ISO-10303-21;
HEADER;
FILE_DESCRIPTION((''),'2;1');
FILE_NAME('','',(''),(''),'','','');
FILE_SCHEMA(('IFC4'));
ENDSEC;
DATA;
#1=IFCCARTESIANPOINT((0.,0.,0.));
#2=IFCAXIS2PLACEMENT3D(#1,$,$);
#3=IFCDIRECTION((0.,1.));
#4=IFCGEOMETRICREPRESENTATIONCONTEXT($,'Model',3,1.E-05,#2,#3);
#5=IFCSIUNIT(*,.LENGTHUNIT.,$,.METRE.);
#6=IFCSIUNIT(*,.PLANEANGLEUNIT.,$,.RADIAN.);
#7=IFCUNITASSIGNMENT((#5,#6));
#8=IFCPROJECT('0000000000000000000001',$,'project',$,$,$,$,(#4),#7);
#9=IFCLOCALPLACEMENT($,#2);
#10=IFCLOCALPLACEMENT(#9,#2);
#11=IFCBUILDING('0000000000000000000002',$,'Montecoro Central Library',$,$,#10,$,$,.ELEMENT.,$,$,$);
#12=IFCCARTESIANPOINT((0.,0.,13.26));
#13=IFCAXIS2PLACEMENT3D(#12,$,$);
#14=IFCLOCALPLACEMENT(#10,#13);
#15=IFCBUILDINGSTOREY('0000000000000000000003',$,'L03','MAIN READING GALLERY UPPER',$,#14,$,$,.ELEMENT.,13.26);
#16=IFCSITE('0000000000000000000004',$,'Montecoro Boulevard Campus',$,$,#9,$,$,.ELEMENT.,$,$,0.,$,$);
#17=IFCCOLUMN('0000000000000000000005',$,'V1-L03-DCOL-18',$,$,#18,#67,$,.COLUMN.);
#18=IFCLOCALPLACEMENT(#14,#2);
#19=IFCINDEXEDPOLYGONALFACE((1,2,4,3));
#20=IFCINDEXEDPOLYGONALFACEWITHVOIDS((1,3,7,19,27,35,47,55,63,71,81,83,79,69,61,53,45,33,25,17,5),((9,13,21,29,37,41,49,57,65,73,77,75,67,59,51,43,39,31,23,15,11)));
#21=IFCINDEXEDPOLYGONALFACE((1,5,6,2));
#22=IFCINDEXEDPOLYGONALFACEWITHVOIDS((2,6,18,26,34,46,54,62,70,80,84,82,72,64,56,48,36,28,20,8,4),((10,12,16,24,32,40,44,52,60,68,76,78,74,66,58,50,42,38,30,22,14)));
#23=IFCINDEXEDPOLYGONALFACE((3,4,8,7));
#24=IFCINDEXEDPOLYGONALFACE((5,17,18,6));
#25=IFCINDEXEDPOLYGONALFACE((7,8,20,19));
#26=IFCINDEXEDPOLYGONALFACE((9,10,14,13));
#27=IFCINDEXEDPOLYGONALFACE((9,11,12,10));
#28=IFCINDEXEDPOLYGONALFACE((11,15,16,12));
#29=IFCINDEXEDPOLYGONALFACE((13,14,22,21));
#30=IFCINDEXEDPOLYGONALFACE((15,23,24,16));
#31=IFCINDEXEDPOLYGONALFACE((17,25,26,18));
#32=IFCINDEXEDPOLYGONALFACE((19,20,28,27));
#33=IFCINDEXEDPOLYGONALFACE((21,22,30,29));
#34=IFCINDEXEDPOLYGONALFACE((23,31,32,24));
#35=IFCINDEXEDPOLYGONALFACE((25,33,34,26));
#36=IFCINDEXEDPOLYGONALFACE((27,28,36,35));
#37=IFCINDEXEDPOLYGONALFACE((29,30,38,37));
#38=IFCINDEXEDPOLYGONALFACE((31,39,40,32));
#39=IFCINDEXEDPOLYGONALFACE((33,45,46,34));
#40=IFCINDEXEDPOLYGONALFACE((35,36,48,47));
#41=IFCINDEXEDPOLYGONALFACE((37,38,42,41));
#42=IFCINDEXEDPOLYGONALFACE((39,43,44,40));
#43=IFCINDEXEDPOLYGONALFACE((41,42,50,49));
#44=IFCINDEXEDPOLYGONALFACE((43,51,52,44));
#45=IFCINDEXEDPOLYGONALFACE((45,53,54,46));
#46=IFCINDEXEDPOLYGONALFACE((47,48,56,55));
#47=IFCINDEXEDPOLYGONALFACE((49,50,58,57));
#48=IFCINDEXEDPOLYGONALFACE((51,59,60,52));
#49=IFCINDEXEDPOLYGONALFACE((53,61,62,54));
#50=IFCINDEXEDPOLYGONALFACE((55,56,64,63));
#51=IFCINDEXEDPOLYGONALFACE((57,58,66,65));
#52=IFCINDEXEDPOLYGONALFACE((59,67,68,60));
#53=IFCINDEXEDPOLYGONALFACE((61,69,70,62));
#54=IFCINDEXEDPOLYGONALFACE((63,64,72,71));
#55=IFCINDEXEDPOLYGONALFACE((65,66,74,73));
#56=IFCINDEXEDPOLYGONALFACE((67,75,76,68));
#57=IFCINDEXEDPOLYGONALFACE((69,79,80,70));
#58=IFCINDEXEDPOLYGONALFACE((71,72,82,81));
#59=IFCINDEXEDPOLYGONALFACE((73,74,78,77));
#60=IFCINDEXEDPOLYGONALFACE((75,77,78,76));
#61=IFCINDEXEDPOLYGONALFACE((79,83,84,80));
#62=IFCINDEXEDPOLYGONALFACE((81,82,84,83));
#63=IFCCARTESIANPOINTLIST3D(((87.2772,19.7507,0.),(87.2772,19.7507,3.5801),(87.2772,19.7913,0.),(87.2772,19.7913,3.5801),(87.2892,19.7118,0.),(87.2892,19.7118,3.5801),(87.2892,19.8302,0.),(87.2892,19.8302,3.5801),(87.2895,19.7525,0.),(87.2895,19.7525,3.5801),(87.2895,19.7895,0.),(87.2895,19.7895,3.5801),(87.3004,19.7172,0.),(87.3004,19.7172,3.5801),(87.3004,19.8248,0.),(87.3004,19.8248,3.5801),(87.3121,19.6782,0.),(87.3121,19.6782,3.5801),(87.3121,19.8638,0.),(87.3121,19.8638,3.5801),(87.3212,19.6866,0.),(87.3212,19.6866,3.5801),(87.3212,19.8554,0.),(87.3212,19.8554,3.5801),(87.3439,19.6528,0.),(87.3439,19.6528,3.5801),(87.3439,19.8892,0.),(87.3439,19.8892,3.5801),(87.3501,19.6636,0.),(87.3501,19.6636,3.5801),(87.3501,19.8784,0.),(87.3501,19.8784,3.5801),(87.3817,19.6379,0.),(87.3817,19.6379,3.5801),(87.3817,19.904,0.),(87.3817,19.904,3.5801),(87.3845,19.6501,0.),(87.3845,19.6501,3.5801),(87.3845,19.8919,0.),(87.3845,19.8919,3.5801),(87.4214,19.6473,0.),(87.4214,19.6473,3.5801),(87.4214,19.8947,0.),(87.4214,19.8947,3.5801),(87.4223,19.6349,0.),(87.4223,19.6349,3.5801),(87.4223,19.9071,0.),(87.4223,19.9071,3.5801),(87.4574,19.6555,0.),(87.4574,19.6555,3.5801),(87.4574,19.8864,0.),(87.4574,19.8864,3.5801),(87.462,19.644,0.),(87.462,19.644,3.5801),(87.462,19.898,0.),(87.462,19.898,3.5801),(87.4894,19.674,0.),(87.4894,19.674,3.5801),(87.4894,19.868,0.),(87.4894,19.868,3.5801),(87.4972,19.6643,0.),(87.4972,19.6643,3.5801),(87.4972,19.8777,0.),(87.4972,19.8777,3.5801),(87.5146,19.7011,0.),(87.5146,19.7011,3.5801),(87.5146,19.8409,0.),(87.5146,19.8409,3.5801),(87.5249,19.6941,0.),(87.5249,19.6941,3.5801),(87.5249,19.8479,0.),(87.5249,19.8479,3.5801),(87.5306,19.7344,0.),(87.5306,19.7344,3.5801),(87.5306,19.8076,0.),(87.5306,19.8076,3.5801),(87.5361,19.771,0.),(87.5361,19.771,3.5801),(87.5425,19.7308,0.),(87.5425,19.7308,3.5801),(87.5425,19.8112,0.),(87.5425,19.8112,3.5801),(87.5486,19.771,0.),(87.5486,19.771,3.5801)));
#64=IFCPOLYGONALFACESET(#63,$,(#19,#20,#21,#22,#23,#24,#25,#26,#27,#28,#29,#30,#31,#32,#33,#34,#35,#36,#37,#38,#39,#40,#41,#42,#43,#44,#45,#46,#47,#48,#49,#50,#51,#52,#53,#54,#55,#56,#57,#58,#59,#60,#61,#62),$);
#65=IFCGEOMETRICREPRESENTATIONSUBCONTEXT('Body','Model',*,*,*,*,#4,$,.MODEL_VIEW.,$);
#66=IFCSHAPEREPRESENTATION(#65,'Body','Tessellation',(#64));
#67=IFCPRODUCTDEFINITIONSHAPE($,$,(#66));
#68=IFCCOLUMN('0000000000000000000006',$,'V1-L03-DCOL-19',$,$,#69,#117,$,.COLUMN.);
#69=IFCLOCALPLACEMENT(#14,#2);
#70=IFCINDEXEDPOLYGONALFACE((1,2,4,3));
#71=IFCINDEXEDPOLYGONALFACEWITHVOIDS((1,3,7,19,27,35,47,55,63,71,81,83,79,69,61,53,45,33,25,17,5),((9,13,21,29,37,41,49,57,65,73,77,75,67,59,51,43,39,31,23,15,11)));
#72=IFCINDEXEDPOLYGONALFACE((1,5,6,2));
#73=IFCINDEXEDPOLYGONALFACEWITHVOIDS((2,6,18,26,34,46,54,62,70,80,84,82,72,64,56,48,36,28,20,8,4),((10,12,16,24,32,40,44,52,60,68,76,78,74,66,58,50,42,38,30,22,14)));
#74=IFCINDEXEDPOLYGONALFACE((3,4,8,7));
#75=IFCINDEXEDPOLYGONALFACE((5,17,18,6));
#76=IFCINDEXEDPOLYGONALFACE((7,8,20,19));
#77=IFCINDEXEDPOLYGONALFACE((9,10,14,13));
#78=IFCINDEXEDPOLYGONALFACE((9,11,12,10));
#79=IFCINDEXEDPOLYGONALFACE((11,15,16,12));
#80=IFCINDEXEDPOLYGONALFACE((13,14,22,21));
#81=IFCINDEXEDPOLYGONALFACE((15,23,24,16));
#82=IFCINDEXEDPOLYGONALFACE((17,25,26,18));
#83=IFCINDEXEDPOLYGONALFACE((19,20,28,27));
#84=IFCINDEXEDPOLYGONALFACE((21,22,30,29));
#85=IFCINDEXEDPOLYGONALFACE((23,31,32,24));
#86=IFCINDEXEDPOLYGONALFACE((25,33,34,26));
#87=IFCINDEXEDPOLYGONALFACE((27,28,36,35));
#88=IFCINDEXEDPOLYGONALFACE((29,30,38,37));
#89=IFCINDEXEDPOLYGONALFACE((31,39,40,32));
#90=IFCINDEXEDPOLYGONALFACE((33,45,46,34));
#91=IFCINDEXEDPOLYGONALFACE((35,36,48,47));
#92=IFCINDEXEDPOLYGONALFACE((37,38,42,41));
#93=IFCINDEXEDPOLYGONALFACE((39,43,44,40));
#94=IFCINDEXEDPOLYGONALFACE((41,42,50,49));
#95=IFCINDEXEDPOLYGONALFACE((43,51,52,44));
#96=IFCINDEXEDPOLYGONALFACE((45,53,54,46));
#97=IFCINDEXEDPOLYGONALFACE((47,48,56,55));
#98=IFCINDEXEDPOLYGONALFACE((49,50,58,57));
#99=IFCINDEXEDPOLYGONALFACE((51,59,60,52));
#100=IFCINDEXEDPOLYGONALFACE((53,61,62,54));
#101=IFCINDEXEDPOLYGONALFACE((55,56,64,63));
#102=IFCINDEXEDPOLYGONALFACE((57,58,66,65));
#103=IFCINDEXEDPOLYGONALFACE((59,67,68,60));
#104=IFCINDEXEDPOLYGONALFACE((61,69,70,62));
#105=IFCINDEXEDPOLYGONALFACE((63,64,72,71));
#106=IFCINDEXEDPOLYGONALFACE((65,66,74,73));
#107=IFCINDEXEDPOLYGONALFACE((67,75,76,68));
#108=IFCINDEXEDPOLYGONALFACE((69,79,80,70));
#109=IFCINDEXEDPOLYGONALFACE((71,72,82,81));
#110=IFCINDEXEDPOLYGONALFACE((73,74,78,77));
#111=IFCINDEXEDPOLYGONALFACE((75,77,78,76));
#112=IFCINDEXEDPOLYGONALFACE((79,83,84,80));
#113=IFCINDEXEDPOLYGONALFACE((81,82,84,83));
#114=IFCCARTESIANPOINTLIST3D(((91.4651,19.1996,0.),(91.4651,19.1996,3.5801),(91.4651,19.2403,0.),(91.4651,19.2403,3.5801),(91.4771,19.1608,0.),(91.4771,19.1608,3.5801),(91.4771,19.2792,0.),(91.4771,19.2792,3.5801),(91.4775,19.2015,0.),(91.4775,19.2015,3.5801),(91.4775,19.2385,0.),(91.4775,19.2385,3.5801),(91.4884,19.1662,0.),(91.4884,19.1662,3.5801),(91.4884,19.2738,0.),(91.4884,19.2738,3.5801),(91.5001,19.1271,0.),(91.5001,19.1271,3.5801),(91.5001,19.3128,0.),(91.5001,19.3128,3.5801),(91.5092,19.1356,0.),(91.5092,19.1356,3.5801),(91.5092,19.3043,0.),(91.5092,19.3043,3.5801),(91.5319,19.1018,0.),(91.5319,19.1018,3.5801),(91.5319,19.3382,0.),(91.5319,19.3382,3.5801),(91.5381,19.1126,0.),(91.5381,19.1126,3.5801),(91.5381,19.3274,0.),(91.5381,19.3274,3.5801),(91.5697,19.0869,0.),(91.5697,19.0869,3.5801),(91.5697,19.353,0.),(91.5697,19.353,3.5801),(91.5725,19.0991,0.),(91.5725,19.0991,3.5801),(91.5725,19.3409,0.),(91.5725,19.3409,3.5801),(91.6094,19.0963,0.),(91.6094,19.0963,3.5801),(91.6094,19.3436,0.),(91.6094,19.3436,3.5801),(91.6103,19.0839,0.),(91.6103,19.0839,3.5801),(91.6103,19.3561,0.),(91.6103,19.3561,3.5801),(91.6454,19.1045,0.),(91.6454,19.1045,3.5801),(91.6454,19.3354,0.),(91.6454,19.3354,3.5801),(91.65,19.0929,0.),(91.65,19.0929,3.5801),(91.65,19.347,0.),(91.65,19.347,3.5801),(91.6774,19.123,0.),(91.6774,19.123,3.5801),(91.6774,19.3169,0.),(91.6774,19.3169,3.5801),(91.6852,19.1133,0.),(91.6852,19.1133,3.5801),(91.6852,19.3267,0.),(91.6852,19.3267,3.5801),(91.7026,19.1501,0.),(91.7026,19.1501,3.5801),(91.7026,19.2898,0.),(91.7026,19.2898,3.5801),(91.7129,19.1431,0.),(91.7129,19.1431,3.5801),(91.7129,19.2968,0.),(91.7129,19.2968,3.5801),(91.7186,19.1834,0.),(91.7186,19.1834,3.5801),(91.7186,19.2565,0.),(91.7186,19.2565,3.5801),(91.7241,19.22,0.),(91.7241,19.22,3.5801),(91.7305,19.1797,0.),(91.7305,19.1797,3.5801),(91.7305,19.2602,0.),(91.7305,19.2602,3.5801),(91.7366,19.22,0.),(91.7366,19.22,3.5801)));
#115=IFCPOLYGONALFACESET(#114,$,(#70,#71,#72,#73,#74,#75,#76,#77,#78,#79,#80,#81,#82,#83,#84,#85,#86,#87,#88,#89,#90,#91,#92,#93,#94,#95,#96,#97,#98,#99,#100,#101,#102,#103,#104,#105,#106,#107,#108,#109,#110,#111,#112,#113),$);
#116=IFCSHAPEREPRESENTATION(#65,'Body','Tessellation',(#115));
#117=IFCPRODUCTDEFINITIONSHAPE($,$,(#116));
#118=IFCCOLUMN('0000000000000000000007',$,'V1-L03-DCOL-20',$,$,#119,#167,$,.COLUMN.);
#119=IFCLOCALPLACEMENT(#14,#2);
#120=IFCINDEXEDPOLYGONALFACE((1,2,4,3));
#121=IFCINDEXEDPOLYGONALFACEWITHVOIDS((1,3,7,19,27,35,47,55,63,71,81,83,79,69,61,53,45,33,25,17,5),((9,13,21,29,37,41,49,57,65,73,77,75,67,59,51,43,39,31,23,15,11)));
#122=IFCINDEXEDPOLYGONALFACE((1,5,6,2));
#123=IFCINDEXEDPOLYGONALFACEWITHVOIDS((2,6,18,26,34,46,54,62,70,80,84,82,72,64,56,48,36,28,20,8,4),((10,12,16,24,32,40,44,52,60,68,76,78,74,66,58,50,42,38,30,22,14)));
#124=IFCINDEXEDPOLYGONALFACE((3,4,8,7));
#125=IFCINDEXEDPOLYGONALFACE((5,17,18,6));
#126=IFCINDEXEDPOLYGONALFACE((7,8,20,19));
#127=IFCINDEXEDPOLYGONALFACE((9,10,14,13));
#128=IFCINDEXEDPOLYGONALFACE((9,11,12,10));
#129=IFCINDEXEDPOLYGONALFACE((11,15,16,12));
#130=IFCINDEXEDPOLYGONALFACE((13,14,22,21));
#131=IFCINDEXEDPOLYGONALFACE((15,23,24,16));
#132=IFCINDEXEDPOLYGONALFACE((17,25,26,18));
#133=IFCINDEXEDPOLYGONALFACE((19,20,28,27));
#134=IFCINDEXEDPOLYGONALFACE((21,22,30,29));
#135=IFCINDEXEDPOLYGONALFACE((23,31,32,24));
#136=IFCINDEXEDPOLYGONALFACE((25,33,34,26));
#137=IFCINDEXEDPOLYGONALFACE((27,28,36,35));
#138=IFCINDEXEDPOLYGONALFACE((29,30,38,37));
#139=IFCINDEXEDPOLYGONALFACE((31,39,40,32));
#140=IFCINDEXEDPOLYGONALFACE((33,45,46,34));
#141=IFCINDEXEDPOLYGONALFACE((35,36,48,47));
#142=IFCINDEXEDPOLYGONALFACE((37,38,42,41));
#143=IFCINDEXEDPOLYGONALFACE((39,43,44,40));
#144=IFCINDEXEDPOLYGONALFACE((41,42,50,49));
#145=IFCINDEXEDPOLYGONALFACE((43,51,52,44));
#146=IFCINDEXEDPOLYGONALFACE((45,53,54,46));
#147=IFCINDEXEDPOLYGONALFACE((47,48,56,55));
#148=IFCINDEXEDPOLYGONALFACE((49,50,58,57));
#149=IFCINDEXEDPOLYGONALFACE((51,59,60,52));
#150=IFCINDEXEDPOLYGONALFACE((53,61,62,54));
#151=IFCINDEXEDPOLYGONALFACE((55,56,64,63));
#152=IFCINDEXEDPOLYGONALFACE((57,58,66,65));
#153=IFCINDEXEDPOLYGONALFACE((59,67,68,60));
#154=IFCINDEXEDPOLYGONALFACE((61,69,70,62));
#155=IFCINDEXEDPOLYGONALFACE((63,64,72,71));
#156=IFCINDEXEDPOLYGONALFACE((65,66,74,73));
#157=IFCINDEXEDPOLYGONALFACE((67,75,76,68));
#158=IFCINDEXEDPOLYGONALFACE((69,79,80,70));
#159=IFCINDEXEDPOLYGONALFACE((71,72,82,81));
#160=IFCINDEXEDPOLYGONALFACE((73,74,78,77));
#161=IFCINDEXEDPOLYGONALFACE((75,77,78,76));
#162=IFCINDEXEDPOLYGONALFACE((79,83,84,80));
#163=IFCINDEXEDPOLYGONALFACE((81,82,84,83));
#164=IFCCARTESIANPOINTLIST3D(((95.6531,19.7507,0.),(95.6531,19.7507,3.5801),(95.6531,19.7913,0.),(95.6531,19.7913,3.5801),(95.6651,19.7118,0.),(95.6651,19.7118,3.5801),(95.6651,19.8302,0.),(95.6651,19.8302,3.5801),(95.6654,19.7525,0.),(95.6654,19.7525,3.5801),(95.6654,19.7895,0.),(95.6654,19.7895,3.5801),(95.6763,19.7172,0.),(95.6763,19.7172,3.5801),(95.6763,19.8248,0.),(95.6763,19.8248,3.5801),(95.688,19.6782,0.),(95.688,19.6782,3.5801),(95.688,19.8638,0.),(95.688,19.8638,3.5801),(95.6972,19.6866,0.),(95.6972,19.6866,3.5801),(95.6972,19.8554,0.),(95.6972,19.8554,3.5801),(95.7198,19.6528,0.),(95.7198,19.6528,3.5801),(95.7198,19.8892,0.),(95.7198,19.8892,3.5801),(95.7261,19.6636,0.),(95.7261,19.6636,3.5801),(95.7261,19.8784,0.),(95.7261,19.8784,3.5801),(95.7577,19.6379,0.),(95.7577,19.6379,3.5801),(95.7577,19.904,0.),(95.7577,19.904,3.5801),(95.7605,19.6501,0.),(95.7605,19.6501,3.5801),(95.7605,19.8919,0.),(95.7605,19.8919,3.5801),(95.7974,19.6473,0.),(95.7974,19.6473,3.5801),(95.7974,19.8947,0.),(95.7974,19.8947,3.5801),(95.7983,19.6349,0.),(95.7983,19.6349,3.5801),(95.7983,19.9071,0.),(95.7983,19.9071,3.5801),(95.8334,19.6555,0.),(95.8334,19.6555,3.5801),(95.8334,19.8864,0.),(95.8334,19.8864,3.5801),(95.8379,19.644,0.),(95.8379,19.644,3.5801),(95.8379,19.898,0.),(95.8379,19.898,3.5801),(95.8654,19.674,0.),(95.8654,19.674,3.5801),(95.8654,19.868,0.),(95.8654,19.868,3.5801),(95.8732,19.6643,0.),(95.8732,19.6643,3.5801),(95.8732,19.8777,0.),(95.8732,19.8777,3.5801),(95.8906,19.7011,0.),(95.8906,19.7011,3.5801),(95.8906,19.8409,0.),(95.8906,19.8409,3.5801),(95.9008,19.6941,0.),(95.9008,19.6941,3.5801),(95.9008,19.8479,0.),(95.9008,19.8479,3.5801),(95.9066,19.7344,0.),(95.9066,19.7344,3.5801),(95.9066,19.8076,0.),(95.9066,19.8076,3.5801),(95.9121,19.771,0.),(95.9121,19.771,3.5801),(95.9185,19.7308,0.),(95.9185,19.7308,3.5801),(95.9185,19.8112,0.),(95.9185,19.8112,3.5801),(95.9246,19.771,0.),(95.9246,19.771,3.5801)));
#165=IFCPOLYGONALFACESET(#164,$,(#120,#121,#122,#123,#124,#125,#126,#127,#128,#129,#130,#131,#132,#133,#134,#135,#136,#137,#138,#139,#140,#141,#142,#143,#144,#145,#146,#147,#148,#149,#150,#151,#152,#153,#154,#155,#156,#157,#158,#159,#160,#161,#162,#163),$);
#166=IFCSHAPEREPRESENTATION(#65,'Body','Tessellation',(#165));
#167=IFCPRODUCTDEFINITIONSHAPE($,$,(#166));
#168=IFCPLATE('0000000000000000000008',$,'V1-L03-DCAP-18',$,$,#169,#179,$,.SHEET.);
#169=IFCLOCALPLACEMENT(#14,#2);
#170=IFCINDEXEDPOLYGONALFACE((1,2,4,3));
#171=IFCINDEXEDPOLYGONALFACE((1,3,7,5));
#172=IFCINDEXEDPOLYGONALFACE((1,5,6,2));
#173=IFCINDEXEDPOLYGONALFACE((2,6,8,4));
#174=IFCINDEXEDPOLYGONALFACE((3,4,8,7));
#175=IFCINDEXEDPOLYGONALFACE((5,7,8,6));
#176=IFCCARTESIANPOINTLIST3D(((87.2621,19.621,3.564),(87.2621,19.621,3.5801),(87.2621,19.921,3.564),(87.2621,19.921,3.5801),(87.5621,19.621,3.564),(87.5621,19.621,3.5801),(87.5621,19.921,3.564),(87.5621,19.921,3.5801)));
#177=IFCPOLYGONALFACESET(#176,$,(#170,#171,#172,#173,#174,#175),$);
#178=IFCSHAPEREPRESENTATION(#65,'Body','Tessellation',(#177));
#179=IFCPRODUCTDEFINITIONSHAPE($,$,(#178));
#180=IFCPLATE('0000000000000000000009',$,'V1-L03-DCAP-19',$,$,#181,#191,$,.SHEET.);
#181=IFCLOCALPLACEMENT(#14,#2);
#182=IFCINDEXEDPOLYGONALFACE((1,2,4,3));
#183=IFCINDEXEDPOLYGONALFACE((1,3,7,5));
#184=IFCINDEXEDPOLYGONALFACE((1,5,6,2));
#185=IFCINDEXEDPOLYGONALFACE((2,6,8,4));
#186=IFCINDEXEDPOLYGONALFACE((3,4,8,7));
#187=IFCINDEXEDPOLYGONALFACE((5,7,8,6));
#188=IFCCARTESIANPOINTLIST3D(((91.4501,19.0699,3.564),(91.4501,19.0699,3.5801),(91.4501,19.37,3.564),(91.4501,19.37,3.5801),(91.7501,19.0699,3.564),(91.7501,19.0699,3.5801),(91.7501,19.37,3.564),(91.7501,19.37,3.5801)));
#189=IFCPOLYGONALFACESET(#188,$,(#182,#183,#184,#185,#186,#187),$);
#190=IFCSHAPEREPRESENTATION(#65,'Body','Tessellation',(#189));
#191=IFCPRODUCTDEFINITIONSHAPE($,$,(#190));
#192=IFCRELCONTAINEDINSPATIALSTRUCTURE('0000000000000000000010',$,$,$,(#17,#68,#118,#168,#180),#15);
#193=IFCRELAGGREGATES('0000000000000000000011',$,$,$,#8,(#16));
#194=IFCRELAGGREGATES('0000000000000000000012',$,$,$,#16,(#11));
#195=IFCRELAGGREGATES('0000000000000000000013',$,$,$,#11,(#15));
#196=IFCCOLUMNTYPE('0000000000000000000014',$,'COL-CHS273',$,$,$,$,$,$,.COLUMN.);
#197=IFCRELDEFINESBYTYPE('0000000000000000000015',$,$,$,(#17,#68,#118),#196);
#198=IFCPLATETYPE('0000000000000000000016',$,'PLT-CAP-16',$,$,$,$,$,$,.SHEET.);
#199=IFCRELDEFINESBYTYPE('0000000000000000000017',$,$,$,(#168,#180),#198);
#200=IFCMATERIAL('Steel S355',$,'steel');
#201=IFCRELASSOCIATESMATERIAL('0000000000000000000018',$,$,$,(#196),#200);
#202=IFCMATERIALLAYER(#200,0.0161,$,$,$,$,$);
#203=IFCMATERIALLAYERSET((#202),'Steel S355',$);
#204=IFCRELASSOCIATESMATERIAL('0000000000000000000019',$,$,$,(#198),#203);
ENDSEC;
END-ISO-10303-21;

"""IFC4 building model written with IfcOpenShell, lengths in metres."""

from ifc_helpers import new_model, si_unit, direction, frame, origin, origin_2d, place, context, subcontext, project, spatial, rectangle, hollow_circle, extrude, material, layer, layer_set, material_profile, profile_set, type_object, element, save


model = new_model("IFC4")

# Units and contexts
model_context = context("Model", 3, precision=1e-05, world=origin(), true_north=direction((0.0, 1.0)))
body_context = subcontext(model_context, "Body", "Model", "MODEL_VIEW")
ifc_project = project(units=[si_unit("LENGTHUNIT", "METRE"), si_unit("PLANEANGLEUNIT", "RADIAN")], contexts=[model_context])

# Site, building, storey
site_placement = place(None, origin())
site = spatial("IfcSite", under=ifc_project, at=site_placement, Name="Montecoro Boulevard Campus", CompositionType="ELEMENT", RefElevation=0.0)
building_placement = place(site_placement, origin())
building = spatial("IfcBuilding", under=site, at=building_placement, Name="Montecoro Central Library", CompositionType="ELEMENT")
storey_placement = place(building_placement, frame((0.0, 0.0, 13.26)))
storey = spatial("IfcBuildingStorey", under=building, at=storey_placement, Name="L03", Description="MAIN READING GALLERY UPPER", CompositionType="ELEMENT", Elevation=13.26)

# Columns
ifc_material_1 = material(Name="Steel S355", Category="steel")
ifc_material_profile = material_profile(ifc_material_1, hollow_circle(Radius=0.1365, WallThickness=0.0125, at=origin_2d()), Name="CHS 273.0x12.5")
ifc_profile_set = profile_set([ifc_material_profile], Name="Steel S355")
column_type = type_object("IfcColumnType", Name="COL-CHS273", PredefinedType="COLUMN", material=ifc_profile_set)
for number, where, z_axis, x_axis, name in (
    (1, (87.4121, 19.771, 0.0), (0.0, 0.0, 1.0), (1.0, 0.0, 0.0), "V1-L03-DCOL-18"),
    (2, (91.6001, 19.22, 0.0), (0.0, 0.0, 1.0), (1.0, 0.0, 0.0), "V1-L03-DCOL-19"),
    (3, (95.7881, 19.771, 0.0), (0.0, 0.0, 1.0), (1.0, 0.0, 0.0), "V1-L03-DCOL-20"),
):
    element("IfcColumn", number, at=place(storey_placement, frame(where, z_axis=z_axis, x_axis=x_axis)), inside=storey, type_object=column_type, Name=name, PredefinedType="COLUMN", context=body_context, shape_type="SweptSolid", body=[
        extrude(hollow_circle(Radius=0.1365, WallThickness=0.0125, at=origin_2d()), origin(), (0.0, 0.0, 1.0), 3.5801),
    ])

# Plates
ifc_layer_1 = layer(ifc_material_1, 0.0161)
ifc_layer_set_1 = layer_set([ifc_layer_1], Name="Steel S355")
plate_type = type_object("IfcPlateType", Name="PLT-CAP-16", PredefinedType="SHEET", material=ifc_layer_set_1)
for number, where, z_axis, x_axis, name in (
    (4, (87.4121, 19.771, 3.564), (0.0, 0.0, 1.0), (1.0, 0.0, 0.0), "V1-L03-DCAP-18"),
    (5, (91.6001, 19.22, 3.564), (0.0, 0.0, 1.0), (1.0, 0.0, 0.0), "V1-L03-DCAP-19"),
):
    element("IfcPlate", number, at=place(storey_placement, frame(where, z_axis=z_axis, x_axis=x_axis)), inside=storey, type_object=plate_type, Name=name, PredefinedType="SHEET", context=body_context, shape_type="SweptSolid", body=[
        extrude(rectangle(XDim=0.3, YDim=0.3, at=origin_2d()), origin(), (0.0, 0.0, 1.0), 0.0161),
    ])

save(model, "model.ifc")
